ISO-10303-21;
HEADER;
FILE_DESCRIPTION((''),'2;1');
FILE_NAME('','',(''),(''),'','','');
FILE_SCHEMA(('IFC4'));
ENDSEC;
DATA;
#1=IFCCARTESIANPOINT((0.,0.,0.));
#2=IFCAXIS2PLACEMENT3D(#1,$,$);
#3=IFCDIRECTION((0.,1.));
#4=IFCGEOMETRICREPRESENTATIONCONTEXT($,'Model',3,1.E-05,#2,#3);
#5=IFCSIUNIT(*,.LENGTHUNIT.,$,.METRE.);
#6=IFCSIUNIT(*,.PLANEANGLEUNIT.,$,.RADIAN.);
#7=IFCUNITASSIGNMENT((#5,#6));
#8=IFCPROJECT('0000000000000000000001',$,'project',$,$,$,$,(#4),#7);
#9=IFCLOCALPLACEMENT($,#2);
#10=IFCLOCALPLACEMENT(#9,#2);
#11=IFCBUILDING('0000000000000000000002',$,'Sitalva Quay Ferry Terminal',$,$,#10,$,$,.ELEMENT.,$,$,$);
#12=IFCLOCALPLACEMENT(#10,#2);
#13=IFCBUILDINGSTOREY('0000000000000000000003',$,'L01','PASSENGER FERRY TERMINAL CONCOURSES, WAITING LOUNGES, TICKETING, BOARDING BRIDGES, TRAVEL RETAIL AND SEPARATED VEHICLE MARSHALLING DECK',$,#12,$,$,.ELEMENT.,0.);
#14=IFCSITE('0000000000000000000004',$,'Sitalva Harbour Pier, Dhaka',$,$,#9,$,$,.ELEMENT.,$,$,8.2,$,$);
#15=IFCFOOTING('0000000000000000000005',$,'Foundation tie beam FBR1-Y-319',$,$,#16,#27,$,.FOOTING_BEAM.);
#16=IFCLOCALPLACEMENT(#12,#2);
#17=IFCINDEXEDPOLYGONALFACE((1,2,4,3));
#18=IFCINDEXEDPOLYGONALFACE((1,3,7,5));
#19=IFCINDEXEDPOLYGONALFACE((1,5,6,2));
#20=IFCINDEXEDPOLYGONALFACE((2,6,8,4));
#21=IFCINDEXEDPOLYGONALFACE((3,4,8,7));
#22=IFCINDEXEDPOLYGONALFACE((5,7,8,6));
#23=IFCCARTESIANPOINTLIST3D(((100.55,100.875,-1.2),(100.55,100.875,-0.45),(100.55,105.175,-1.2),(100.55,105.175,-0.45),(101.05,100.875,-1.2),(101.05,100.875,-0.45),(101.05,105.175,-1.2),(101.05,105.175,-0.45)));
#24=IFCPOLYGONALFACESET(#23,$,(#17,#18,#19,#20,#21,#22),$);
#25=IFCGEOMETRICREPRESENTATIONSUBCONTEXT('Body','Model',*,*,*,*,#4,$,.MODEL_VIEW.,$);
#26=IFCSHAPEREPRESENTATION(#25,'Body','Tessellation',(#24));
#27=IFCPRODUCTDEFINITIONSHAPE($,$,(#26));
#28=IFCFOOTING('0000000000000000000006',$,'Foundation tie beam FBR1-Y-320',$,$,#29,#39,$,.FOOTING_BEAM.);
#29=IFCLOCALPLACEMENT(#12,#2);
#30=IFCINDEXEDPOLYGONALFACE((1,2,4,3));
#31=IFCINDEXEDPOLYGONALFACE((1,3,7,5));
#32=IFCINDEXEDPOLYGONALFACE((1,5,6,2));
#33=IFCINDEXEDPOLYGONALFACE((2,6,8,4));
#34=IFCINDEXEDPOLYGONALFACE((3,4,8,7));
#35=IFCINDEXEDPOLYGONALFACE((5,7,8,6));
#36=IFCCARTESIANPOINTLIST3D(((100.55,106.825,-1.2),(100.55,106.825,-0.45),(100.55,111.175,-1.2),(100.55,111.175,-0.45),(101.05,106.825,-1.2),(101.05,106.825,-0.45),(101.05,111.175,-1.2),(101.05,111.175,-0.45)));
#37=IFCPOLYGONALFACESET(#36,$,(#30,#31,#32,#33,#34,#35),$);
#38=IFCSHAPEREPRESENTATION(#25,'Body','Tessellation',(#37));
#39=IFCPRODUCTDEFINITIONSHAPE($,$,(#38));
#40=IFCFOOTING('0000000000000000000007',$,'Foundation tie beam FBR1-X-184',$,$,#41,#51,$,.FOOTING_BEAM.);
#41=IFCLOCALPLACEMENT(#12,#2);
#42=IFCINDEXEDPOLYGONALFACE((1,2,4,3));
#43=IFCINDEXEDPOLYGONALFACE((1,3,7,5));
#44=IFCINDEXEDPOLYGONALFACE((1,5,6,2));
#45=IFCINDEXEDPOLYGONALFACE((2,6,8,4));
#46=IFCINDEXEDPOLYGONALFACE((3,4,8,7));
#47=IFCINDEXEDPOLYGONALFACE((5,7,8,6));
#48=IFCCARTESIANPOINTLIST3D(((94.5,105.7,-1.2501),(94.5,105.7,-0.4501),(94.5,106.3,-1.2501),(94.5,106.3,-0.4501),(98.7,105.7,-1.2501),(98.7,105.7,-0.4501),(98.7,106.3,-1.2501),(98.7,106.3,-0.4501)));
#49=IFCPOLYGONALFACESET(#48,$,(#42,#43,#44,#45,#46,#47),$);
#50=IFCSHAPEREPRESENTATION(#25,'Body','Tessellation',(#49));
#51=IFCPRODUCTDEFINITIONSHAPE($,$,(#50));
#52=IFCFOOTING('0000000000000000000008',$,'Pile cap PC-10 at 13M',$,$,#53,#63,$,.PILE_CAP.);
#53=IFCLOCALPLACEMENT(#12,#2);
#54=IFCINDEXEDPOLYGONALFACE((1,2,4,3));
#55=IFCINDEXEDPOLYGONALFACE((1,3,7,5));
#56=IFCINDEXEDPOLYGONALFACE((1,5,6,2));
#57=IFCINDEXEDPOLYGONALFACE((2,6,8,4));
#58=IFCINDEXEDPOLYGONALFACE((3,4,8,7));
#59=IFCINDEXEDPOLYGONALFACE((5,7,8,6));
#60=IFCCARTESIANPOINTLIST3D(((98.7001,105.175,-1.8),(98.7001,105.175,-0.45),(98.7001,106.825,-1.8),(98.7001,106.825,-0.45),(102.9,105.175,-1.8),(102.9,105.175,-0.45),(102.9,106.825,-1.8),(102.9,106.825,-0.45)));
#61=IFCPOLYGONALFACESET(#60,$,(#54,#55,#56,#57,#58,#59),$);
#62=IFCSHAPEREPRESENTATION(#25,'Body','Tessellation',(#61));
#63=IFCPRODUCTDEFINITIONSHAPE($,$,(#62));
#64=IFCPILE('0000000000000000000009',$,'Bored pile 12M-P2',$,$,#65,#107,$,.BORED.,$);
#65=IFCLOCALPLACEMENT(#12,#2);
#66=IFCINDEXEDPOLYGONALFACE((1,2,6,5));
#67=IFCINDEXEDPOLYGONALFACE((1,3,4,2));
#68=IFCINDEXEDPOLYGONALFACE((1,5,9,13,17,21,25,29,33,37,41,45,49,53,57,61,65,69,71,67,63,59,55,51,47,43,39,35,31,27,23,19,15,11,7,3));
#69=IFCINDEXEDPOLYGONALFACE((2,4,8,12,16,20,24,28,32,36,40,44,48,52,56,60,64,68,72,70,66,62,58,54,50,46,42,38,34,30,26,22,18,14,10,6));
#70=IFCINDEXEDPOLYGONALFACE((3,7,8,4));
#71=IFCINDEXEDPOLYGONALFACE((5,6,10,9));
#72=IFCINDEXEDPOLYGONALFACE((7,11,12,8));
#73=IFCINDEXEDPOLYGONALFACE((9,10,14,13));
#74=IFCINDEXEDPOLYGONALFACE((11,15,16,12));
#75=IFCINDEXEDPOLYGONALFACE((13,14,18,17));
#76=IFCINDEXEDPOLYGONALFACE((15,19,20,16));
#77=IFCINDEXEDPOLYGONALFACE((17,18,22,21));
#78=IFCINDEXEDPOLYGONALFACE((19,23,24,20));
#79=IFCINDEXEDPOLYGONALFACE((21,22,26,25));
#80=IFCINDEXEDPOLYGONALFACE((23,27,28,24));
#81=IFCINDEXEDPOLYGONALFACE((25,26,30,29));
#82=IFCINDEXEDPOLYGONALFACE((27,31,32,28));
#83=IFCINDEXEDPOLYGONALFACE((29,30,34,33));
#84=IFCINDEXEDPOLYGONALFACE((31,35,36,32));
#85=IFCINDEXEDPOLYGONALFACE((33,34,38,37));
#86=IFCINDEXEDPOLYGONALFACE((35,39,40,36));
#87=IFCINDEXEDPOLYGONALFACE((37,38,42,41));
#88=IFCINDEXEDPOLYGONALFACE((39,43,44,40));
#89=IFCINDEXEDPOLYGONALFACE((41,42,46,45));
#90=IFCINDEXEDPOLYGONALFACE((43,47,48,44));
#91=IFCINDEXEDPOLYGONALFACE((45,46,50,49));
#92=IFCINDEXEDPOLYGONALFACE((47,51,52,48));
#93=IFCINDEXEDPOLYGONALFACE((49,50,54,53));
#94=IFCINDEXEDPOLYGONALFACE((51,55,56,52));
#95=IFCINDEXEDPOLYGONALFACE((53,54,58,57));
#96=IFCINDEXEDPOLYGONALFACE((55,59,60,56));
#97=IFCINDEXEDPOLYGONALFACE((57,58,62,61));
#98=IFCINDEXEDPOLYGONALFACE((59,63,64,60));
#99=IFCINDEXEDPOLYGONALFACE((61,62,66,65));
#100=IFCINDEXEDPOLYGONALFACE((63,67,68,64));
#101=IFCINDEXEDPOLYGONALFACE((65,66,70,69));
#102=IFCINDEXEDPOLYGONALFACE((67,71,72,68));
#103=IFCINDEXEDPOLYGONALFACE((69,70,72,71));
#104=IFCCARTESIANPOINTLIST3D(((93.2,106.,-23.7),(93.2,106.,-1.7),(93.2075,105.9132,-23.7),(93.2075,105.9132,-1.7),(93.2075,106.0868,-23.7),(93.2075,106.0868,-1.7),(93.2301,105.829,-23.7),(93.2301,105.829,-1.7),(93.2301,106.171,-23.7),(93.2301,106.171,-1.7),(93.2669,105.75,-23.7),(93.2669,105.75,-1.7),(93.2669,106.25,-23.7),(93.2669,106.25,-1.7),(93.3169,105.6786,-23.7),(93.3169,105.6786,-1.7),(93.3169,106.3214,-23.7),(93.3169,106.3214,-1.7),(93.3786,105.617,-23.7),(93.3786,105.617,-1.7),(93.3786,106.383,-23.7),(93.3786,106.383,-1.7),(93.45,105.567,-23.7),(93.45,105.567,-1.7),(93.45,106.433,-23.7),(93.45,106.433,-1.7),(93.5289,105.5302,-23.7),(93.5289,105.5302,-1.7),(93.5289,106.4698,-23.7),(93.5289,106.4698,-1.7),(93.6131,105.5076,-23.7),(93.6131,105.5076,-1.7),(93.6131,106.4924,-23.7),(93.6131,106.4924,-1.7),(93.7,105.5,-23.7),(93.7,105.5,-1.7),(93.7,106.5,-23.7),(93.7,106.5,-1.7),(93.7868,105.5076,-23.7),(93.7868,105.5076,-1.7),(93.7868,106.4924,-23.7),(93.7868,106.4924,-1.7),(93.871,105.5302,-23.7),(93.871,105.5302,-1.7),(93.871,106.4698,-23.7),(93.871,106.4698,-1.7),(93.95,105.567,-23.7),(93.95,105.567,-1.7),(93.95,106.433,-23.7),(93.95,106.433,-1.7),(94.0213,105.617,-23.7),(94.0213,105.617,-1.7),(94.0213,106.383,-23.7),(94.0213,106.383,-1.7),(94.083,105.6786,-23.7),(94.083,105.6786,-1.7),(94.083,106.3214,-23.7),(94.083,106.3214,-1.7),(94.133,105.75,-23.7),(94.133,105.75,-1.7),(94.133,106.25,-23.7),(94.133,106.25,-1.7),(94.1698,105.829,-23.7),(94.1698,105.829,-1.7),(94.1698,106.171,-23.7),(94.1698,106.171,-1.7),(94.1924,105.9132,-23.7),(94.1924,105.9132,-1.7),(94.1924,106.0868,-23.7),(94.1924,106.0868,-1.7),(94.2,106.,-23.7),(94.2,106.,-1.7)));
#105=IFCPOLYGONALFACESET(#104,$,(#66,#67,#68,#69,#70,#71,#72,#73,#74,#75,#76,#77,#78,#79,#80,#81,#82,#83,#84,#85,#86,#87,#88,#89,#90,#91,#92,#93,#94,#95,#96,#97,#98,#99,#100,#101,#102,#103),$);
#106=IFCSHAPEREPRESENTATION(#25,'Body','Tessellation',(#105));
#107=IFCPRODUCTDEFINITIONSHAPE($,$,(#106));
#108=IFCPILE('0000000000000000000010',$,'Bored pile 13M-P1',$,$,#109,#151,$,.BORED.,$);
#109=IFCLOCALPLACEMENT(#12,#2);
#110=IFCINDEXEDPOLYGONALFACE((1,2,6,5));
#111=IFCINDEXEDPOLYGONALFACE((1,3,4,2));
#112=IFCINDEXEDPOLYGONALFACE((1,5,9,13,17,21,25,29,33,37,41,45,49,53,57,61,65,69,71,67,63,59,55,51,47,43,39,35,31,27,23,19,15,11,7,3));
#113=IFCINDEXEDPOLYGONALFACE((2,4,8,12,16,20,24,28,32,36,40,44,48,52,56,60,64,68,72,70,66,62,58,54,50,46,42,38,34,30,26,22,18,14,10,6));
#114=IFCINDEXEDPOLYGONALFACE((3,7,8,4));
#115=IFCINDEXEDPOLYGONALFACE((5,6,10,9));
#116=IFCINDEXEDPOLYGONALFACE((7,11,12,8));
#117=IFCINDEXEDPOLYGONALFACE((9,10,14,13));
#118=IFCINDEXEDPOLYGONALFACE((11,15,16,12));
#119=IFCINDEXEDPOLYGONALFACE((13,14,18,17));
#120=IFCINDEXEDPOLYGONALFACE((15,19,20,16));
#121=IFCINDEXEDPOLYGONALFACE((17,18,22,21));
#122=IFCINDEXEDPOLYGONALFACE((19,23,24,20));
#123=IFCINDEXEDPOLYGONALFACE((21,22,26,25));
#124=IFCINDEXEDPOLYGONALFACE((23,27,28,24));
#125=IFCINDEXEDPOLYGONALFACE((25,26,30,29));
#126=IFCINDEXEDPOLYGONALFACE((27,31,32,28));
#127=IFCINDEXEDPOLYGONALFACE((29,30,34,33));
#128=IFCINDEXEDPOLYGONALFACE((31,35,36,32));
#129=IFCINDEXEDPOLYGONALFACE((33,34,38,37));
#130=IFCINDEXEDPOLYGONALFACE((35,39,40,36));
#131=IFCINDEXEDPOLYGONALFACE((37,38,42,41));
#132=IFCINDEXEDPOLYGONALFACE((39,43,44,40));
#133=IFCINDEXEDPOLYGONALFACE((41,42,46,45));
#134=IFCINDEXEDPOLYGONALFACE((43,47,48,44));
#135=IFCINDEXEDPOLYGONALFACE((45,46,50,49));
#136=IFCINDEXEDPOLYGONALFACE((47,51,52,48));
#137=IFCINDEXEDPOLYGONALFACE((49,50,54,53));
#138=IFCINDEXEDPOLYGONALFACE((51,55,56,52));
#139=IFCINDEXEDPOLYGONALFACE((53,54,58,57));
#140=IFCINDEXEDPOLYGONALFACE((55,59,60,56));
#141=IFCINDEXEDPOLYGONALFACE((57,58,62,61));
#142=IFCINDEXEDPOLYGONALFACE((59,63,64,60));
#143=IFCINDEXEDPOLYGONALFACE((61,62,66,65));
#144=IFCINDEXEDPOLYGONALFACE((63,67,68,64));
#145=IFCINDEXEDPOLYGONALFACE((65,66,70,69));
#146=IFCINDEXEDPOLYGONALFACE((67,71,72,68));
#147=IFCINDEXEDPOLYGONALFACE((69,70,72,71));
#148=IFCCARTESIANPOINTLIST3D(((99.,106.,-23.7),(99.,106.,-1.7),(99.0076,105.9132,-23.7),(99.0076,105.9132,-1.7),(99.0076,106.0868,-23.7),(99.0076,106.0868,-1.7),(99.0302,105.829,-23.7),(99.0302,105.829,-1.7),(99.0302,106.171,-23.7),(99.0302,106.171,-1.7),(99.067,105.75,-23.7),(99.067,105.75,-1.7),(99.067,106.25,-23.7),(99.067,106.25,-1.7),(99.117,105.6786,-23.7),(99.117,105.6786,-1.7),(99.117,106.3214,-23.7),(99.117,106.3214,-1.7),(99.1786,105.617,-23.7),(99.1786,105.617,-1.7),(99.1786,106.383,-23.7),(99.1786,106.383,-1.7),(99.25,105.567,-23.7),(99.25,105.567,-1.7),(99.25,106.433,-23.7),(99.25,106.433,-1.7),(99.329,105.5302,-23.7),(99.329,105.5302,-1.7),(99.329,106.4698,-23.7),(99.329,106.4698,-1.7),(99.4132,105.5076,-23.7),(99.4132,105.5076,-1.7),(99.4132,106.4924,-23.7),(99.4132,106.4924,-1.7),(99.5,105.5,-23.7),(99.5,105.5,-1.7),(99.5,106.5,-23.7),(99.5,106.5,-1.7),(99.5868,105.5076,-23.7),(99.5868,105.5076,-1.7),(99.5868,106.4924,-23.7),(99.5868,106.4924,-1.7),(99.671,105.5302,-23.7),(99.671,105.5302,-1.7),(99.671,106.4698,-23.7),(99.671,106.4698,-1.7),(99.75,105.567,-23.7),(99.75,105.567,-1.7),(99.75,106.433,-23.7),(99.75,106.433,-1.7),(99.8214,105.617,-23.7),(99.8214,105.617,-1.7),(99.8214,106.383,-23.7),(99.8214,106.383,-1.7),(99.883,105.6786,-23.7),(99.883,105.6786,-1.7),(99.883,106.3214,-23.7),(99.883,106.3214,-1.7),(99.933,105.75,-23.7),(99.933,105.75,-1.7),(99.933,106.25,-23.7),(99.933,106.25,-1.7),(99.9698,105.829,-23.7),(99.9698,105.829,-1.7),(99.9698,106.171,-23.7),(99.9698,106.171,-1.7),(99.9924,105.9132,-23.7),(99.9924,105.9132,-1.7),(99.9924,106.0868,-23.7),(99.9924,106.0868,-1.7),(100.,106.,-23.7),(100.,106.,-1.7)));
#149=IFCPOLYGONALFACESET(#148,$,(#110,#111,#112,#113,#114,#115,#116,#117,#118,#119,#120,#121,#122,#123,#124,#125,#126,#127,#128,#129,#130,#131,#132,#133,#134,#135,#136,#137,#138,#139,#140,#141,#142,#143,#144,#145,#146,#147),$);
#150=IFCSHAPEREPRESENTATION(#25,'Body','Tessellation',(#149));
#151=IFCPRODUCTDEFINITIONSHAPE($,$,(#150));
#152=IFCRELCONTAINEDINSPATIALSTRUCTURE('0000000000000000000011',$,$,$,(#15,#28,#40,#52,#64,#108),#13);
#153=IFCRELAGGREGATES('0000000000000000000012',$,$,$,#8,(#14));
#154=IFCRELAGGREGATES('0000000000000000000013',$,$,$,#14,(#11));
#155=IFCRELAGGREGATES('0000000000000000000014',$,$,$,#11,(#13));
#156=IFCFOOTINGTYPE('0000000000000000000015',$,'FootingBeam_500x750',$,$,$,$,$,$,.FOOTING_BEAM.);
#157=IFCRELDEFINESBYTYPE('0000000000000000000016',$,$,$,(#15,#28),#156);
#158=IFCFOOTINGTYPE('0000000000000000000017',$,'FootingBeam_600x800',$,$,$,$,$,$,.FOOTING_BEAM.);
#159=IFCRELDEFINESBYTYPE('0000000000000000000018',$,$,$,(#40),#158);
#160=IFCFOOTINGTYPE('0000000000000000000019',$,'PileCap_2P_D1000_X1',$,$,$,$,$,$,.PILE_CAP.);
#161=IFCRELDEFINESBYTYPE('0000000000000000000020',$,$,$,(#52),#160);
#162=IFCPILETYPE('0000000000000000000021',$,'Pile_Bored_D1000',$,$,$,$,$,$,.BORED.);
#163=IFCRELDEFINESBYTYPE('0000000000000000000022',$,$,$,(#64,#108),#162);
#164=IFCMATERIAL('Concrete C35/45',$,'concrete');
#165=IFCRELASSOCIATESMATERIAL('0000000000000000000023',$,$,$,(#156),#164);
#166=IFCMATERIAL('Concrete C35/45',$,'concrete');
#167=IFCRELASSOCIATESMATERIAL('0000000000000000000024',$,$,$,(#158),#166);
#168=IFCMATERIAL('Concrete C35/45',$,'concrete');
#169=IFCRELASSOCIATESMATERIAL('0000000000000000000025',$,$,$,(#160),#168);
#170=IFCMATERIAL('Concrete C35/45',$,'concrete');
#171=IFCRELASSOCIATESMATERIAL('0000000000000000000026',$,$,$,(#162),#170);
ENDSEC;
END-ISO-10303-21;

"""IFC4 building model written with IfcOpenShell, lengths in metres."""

from ifc_helpers import new_model, si_unit, direction, frame, origin, origin_2d, place, context, subcontext, project, spatial, rectangle, circle, extrude, material, material_profile, profile_set, type_object, element, save


model = new_model("IFC4")

# Units and contexts
model_context = context("Model", 3, precision=1e-05, world=origin(), true_north=direction((0.0, 1.0)))
body_context = subcontext(model_context, "Body", "Model", "MODEL_VIEW")
ifc_project = project(units=[si_unit("LENGTHUNIT", "METRE"), si_unit("PLANEANGLEUNIT", "RADIAN")], contexts=[model_context])

# Site, building, storey
site_placement = place(None, origin())
site = spatial("IfcSite", under=ifc_project, at=site_placement, Name="Sitalva Harbour Pier, Dhaka", CompositionType="ELEMENT", RefElevation=8.2)
building_placement = place(site_placement, origin())
building = spatial("IfcBuilding", under=site, at=building_placement, Name="Sitalva Quay Ferry Terminal", CompositionType="ELEMENT")
storey_placement = place(building_placement, origin())
storey = spatial("IfcBuildingStorey", under=building, at=storey_placement, Name="L01", Description="PASSENGER FERRY TERMINAL CONCOURSES, WAITING LOUNGES, TICKETING, BOARDING BRIDGES, TRAVEL RETAIL AND SEPARATED VEHICLE MARSHALLING DECK", CompositionType="ELEMENT", Elevation=0.0)

# Footings
ifc_material_1 = material(Name="Concrete C35/45", Category="concrete")
ifc_material_profile_1 = material_profile(ifc_material_1, rectangle(XDim=0.5, YDim=0.75, at=origin_2d()), Name="RC500x750")
ifc_profile_set_1 = profile_set([ifc_material_profile_1], Name="Concrete C35/45")
footing_type_1 = type_object("IfcFootingType", Name="FootingBeam_500x750", PredefinedType="FOOTING_BEAM", material=ifc_profile_set_1)
footing_1_placement = place(storey_placement, frame((100.8, 100.875, -0.825), z_axis=(0.0, 1.0, 0.0), x_axis=(-1.0, 0.0, 0.0)))
element("IfcFooting", 1, at=footing_1_placement, inside=storey, type_object=footing_type_1, Name="Foundation tie beam FBR1-Y-319", PredefinedType="FOOTING_BEAM", context=body_context, shape_type="SweptSolid", body=[
    extrude(rectangle(XDim=0.5, YDim=0.75, at=origin_2d()), origin(), (0.0, 0.0, 1.0), 4.3),
])
footing_2_placement = place(storey_placement, frame((100.8, 106.825, -0.825), z_axis=(0.0, 1.0, 0.0), x_axis=(-1.0, 0.0, 0.0)))
element("IfcFooting", 2, at=footing_2_placement, inside=storey, type_object=footing_type_1, Name="Foundation tie beam FBR1-Y-320", PredefinedType="FOOTING_BEAM", context=body_context, shape_type="SweptSolid", body=[
    extrude(rectangle(XDim=0.5, YDim=0.75, at=origin_2d()), origin(), (0.0, 0.0, 1.0), 4.3501),
])
ifc_material_2 = material(Name="Concrete C35/45", Category="concrete")
ifc_material_profile_2 = material_profile(ifc_material_2, rectangle(XDim=0.6001, YDim=0.8, at=origin_2d()), Name="RC600x800")
ifc_profile_set_2 = profile_set([ifc_material_profile_2], Name="Concrete C35/45")
footing_type_2 = type_object("IfcFootingType", Name="FootingBeam_600x800", PredefinedType="FOOTING_BEAM", material=ifc_profile_set_2)
footing_3_placement = place(storey_placement, frame((94.5, 106.0, -0.8501), z_axis=(1.0, 0.0, 0.0), x_axis=(0.0, 1.0, 0.0)))
element("IfcFooting", 3, at=footing_3_placement, inside=storey, type_object=footing_type_2, Name="Foundation tie beam FBR1-X-184", PredefinedType="FOOTING_BEAM", context=body_context, shape_type="SweptSolid", body=[
    extrude(rectangle(XDim=0.6001, YDim=0.8, at=origin_2d()), origin(), (0.0, 0.0, 1.0), 4.2),
])
ifc_material_3 = material(Name="Concrete C35/45", Category="concrete")
footing_type_3 = type_object("IfcFootingType", Name="PileCap_2P_D1000_X1", PredefinedType="PILE_CAP", material=ifc_material_3)
footing_4_placement = place(storey_placement, frame((100.8, 106.0, -1.8), z_axis=(0.0, 0.0, 1.0), x_axis=(1.0, 0.0, 0.0)))
element("IfcFooting", 4, at=footing_4_placement, inside=storey, type_object=footing_type_3, Name="Pile cap PC-10 at 13M", PredefinedType="PILE_CAP", context=body_context, shape_type="SweptSolid", body=[
    extrude(rectangle(XDim=4.2, YDim=1.6499, at=origin_2d()), origin(), (0.0, 0.0, 1.0), 1.3501),
])

# Piles
ifc_material_4 = material(Name="Concrete C35/45", Category="concrete")
ifc_material_profile_3 = material_profile(ifc_material_4, circle(Radius=0.5, at=origin_2d()), Name="PILE-D1000")
ifc_profile_set_3 = profile_set([ifc_material_profile_3], Name="Concrete C35/45")
pile_type = type_object("IfcPileType", Name="Pile_Bored_D1000", PredefinedType="BORED", material=ifc_profile_set_3)
for number, where, z_axis, x_axis, name in (
    (5, (93.7, 106.0, -1.7), (0.0, 0.0, -1.0), (1.0, 0.0, 0.0), "Bored pile 12M-P2"),
    (6, (99.5, 106.0, -1.7), (0.0, 0.0, -1.0), (1.0, 0.0, 0.0), "Bored pile 13M-P1"),
):
    element("IfcPile", number, at=place(storey_placement, frame(where, z_axis=z_axis, x_axis=x_axis)), inside=storey, type_object=pile_type, Name=name, PredefinedType="BORED", context=body_context, shape_type="SweptSolid", body=[
        extrude(circle(Radius=0.5, at=origin_2d()), origin(), (0.0, 0.0, 1.0), 22.0),
    ])

save(model, "model.ifc")
